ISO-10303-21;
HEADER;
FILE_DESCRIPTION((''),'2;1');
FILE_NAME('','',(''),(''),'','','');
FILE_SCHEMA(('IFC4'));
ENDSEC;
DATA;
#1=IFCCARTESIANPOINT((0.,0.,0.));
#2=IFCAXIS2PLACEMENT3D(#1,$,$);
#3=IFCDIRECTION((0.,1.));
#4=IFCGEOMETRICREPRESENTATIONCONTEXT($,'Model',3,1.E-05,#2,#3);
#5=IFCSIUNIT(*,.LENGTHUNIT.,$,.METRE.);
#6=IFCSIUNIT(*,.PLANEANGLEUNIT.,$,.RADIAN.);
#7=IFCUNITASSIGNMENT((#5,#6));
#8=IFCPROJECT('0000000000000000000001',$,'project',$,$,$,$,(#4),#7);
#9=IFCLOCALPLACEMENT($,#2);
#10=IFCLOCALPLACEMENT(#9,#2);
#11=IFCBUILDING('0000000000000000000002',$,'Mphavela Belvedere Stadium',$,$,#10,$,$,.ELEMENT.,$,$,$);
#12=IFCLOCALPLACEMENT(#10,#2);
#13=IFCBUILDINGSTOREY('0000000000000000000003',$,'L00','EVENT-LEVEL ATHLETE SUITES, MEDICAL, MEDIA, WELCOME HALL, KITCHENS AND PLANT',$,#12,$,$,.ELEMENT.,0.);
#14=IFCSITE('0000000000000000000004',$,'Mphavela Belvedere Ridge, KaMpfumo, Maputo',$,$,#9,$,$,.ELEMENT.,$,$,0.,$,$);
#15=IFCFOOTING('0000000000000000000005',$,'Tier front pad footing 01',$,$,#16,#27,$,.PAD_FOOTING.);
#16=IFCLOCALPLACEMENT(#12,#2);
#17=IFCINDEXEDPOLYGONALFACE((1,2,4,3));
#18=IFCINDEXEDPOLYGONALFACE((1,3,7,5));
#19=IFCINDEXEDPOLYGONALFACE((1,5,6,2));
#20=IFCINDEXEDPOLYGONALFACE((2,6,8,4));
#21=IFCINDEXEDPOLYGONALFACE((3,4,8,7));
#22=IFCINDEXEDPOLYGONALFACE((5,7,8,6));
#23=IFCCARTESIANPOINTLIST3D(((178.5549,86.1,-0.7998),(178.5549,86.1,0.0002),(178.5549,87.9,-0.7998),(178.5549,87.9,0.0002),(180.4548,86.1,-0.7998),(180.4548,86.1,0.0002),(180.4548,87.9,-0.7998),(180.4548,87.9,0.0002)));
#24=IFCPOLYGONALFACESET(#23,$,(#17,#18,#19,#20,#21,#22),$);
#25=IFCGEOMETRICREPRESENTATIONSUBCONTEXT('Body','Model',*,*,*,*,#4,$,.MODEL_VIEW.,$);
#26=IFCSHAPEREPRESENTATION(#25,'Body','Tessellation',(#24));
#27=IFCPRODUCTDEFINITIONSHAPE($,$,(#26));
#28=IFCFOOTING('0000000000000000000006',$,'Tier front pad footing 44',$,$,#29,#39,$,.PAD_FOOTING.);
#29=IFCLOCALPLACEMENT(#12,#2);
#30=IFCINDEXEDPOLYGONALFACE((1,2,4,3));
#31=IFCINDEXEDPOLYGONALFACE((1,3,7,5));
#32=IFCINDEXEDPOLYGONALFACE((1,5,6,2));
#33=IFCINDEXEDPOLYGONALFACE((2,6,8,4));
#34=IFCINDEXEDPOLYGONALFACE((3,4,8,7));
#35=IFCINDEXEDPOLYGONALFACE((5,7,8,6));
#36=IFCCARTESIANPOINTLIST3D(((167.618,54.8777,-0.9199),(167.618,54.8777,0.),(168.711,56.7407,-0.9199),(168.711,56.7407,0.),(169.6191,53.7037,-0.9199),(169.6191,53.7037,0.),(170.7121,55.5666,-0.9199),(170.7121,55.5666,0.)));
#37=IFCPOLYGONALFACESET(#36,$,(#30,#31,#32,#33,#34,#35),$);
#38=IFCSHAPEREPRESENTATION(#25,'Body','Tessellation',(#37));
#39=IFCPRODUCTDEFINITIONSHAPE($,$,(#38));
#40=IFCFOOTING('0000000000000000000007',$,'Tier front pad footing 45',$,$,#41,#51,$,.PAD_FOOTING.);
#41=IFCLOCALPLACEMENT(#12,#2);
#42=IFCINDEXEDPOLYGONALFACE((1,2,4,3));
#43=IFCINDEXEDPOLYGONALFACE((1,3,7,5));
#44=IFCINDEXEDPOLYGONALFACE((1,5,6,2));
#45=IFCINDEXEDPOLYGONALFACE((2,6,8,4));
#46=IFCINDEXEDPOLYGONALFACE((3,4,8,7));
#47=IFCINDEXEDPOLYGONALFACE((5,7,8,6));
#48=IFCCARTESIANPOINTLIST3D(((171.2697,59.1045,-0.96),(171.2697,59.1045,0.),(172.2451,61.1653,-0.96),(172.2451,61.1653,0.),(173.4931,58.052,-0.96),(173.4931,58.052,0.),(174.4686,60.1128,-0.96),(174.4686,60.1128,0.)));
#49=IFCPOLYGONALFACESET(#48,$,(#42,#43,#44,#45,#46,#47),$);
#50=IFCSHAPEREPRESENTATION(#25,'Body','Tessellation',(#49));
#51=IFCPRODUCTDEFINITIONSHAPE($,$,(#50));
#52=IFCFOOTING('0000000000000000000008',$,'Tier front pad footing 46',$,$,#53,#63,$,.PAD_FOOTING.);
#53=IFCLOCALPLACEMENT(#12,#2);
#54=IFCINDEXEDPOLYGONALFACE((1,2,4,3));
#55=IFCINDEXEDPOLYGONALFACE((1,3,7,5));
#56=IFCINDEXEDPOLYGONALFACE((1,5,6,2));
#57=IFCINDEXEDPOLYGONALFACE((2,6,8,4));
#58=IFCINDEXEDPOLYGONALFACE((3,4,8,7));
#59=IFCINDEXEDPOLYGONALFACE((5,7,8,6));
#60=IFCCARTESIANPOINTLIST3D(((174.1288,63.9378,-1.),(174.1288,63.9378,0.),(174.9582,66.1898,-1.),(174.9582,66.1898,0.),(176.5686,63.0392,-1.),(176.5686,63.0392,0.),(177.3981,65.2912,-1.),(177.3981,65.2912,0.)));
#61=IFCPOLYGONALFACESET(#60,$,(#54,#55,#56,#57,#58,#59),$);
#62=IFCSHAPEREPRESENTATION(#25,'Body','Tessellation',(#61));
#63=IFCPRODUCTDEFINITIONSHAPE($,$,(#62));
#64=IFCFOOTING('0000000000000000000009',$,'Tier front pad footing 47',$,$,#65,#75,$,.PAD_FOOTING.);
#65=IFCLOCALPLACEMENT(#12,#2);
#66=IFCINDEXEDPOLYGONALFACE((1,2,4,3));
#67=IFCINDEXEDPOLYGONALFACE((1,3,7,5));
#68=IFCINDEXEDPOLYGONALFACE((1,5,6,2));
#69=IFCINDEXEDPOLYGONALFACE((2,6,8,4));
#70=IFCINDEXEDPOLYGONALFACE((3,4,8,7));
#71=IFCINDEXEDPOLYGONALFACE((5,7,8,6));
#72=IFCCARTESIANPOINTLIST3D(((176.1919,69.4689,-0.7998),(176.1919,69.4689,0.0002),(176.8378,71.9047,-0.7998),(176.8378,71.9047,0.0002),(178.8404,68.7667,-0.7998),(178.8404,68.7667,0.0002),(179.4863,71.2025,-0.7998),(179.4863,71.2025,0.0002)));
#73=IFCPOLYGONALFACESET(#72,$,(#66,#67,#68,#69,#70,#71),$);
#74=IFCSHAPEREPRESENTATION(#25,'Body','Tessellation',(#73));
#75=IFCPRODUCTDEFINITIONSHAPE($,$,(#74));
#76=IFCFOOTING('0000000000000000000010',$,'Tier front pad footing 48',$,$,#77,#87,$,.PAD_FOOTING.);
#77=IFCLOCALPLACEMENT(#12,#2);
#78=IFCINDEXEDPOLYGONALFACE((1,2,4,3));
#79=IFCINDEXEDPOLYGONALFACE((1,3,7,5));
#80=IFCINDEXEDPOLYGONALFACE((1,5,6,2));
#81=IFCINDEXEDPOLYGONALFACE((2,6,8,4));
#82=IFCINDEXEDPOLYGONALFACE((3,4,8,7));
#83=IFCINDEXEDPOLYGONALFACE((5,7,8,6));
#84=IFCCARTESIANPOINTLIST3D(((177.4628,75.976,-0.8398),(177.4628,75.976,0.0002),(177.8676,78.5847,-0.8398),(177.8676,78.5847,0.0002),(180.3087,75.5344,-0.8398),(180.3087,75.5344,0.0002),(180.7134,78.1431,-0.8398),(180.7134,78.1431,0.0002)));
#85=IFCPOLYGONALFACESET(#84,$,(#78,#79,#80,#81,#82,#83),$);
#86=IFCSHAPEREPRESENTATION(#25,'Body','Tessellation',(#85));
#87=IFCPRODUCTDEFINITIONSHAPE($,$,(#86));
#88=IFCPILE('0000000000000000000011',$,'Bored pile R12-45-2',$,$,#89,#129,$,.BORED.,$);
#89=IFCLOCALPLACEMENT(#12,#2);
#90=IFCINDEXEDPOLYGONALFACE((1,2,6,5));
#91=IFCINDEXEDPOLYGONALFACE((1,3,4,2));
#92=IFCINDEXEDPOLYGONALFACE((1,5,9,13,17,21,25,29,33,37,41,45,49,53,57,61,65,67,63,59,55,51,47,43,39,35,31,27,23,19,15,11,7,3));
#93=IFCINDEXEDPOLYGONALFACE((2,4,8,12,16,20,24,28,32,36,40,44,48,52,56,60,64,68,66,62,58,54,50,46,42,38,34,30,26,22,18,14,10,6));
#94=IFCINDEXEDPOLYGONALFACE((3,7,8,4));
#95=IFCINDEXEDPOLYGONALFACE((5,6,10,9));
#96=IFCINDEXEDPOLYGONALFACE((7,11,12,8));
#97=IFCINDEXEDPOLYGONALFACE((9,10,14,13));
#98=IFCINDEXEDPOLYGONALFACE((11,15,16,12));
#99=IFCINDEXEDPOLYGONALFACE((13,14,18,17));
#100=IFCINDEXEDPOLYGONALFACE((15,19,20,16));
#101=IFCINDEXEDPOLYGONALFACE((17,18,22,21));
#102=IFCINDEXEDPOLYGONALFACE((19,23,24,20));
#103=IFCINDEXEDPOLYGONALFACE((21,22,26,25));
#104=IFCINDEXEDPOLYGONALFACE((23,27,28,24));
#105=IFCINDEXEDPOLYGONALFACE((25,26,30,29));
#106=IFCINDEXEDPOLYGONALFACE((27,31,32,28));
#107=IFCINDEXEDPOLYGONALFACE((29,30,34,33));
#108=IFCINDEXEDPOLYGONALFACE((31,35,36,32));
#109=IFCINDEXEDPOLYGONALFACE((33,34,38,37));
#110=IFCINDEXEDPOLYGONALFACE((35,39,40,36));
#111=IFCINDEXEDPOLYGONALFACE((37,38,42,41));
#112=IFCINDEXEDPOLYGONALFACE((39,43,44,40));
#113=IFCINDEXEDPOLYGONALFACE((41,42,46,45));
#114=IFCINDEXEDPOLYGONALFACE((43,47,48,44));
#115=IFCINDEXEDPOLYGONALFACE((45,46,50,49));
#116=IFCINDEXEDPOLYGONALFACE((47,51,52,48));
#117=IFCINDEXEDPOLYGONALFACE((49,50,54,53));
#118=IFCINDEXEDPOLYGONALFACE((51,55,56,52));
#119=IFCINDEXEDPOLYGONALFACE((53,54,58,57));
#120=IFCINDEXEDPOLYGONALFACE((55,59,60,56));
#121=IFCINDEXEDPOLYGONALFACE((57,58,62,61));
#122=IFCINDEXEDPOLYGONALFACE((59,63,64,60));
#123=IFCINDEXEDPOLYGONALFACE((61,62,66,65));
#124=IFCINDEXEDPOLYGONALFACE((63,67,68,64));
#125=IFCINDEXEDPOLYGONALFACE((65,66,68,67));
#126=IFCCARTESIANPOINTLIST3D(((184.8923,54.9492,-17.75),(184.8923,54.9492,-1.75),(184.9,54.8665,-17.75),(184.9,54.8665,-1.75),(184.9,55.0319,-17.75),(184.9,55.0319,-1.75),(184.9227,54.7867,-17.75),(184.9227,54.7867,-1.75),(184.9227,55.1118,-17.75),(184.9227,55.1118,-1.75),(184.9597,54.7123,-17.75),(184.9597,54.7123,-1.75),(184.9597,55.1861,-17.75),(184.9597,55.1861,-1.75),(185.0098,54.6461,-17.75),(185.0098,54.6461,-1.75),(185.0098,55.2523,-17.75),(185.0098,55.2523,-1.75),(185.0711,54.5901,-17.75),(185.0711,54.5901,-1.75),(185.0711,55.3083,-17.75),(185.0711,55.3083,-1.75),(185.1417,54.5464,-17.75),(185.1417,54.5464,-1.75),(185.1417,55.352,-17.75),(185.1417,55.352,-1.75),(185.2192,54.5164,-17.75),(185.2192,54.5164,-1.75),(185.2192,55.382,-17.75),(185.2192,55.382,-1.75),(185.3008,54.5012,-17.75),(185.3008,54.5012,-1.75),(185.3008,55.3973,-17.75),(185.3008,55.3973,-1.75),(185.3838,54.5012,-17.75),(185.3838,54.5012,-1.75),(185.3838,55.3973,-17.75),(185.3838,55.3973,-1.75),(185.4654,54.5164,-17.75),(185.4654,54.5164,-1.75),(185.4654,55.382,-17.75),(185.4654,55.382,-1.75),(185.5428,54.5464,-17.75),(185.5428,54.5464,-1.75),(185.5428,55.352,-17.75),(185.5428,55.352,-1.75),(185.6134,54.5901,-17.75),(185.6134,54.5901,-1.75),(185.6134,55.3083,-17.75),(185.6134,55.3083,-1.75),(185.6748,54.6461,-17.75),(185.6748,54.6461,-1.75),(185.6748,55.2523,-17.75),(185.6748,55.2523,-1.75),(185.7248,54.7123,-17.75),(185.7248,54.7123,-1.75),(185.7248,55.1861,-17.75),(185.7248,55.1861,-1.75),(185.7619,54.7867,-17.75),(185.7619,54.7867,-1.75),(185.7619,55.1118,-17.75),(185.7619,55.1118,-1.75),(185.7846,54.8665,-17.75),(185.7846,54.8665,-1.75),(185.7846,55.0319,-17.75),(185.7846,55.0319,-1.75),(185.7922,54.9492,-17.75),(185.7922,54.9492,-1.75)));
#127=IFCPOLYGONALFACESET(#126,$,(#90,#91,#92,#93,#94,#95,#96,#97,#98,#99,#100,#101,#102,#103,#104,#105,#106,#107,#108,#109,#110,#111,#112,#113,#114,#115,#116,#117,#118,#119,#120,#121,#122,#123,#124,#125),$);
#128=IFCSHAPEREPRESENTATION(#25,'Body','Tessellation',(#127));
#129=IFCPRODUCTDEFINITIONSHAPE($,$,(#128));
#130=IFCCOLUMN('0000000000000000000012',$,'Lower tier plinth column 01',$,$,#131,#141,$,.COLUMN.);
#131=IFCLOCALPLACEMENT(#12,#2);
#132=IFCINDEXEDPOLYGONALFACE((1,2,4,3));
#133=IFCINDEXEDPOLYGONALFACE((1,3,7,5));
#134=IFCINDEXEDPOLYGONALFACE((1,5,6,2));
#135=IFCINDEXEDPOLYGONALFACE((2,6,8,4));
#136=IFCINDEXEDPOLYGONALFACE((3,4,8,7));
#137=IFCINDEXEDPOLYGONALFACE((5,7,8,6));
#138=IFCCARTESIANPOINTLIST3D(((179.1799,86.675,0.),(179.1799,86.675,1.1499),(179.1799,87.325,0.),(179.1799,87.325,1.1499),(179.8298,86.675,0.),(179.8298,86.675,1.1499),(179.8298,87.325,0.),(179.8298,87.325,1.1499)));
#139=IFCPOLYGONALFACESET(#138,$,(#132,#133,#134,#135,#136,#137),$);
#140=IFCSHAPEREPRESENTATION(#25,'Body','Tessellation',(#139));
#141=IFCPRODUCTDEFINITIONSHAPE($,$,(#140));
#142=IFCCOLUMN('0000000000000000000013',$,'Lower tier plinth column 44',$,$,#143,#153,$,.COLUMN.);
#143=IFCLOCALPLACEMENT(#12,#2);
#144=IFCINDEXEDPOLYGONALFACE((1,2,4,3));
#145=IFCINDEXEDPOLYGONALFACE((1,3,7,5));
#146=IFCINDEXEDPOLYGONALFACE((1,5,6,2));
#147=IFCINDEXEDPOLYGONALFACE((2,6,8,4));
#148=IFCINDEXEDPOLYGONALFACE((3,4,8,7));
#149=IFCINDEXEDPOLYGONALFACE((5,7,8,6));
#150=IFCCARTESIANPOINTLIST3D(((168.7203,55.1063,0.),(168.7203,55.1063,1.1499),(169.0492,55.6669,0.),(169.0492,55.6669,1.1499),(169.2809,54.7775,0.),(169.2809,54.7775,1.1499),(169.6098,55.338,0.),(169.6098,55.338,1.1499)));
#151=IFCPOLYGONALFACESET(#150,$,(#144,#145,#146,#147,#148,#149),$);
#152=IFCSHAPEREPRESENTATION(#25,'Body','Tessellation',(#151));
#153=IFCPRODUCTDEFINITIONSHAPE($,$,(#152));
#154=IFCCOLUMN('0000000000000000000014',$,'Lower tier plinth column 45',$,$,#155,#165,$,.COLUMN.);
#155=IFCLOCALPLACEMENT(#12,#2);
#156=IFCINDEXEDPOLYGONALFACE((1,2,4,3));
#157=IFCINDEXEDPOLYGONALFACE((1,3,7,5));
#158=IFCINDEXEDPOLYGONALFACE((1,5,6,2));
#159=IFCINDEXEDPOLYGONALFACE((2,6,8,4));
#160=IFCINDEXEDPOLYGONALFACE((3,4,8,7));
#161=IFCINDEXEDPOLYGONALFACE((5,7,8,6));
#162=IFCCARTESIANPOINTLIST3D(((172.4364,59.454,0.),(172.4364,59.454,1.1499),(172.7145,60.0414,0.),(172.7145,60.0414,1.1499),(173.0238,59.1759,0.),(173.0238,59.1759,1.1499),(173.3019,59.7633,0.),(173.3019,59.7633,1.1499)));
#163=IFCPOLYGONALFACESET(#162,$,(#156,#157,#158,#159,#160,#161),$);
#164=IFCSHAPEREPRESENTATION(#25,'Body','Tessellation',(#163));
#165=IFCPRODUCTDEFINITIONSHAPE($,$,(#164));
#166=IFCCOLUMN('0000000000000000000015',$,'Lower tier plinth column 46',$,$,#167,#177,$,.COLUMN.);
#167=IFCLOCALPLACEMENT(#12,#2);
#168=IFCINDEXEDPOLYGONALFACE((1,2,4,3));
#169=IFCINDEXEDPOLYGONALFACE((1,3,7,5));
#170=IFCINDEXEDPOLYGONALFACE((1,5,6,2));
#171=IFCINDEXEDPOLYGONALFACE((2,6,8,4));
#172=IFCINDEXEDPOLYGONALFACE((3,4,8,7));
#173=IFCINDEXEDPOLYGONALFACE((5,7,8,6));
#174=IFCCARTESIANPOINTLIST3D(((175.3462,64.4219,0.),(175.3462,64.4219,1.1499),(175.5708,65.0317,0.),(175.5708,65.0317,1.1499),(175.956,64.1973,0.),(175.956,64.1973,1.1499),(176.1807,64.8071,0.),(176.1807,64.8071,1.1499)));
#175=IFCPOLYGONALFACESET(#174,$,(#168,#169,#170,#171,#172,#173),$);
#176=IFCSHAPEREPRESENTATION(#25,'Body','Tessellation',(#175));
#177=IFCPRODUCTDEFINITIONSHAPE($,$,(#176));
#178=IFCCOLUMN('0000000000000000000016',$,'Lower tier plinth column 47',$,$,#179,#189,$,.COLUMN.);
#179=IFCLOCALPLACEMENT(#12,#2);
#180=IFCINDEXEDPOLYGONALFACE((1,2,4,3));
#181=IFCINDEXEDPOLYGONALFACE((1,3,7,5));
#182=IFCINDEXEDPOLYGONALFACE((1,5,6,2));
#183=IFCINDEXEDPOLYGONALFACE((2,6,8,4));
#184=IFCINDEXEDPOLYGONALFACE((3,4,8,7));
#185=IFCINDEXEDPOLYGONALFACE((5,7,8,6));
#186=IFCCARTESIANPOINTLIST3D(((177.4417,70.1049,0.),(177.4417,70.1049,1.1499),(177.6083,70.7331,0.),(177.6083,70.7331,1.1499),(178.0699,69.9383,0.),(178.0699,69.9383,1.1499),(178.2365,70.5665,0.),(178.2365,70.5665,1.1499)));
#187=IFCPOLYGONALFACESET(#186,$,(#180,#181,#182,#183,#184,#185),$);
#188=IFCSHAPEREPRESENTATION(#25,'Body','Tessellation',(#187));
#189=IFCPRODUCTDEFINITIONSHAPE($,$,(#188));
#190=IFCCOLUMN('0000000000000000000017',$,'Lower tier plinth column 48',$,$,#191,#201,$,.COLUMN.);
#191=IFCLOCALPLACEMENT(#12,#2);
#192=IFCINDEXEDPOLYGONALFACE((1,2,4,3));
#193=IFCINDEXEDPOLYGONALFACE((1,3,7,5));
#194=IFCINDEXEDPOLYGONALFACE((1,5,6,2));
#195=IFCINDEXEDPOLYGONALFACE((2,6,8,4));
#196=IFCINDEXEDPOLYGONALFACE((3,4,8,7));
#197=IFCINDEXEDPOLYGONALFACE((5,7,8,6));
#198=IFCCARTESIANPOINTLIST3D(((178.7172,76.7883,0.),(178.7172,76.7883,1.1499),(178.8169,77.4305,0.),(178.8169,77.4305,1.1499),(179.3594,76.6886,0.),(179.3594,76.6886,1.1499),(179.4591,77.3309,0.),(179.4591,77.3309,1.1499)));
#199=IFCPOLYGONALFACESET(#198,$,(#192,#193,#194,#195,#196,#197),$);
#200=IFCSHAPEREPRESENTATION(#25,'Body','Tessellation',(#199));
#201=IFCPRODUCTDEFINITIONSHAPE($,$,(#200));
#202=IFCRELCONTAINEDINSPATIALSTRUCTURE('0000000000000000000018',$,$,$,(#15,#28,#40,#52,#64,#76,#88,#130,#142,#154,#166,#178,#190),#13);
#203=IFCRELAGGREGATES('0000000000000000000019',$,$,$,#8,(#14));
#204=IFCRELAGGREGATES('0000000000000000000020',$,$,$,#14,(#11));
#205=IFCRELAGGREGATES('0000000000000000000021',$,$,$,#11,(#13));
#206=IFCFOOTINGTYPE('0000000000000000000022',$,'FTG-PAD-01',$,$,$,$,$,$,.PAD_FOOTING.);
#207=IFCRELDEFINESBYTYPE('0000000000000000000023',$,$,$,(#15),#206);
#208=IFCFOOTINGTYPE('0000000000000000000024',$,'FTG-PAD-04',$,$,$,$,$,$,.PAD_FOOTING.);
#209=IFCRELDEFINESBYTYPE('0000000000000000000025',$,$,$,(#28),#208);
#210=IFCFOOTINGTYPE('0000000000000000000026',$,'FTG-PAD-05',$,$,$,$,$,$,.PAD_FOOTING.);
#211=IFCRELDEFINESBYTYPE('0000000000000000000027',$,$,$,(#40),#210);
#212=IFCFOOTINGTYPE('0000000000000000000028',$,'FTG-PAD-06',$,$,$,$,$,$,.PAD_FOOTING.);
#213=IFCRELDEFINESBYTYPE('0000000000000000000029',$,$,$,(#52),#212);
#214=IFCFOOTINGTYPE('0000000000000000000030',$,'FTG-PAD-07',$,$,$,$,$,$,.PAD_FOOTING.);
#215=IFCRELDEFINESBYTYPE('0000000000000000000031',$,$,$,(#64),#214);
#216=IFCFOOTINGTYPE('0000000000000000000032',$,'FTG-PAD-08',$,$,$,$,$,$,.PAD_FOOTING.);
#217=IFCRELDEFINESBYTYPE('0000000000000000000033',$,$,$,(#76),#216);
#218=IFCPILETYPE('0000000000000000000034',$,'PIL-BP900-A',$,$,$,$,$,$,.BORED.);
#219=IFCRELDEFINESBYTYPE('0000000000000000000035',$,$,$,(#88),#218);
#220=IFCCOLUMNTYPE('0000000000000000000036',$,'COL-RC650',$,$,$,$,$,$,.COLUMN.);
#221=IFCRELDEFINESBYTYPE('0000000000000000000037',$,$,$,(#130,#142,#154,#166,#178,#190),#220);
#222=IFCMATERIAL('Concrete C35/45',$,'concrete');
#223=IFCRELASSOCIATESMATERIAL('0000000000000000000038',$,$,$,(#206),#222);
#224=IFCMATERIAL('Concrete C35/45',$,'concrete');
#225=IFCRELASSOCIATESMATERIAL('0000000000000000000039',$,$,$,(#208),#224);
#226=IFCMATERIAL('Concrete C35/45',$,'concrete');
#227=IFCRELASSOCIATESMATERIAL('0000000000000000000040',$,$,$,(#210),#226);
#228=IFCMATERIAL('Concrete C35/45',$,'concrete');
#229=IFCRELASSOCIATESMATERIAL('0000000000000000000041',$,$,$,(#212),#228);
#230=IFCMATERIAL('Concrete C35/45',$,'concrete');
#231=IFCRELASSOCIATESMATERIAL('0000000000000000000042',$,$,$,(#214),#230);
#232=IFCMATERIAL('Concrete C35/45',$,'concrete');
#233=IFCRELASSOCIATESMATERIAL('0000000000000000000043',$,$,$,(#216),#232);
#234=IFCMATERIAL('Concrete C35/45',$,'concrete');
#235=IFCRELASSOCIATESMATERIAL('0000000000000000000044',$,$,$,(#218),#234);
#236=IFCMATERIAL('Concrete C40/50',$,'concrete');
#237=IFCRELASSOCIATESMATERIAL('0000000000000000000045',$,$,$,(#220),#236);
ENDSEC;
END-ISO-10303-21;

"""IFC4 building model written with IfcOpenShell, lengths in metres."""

from ifc_helpers import new_model, si_unit, direction, frame, origin, origin_2d, place, context, subcontext, project, spatial, rectangle, circle, extrude, material, material_profile, profile_set, type_object, element, save


model = new_model("IFC4")

# Units and contexts
model_context = context("Model", 3, precision=1e-05, world=origin(), true_north=direction((0.0, 1.0)))
body_context = subcontext(model_context, "Body", "Model", "MODEL_VIEW")
ifc_project = project(units=[si_unit("LENGTHUNIT", "METRE"), si_unit("PLANEANGLEUNIT", "RADIAN")], contexts=[model_context])

# Site, building, storey
site_placement = place(None, origin())
site = spatial("IfcSite", under=ifc_project, at=site_placement, Name="Mphavela Belvedere Ridge, KaMpfumo, Maputo", CompositionType="ELEMENT", RefElevation=0.0)
building_placement = place(site_placement, origin())
building = spatial("IfcBuilding", under=site, at=building_placement, Name="Mphavela Belvedere Stadium", CompositionType="ELEMENT")
storey_placement = place(building_placement, origin())
storey = spatial("IfcBuildingStorey", under=building, at=storey_placement, Name="L00", Description="EVENT-LEVEL ATHLETE SUITES, MEDICAL, MEDIA, WELCOME HALL, KITCHENS AND PLANT", CompositionType="ELEMENT", Elevation=0.0)

# Footings
ifc_material_1 = material(Name="Concrete C35/45", Category="concrete")
footing_type_1 = type_object("IfcFootingType", Name="FTG-PAD-01", PredefinedType="PAD_FOOTING", material=ifc_material_1)
footing_1_placement = place(storey_placement, frame((179.5049, 87.0, -0.7998), z_axis=(0.0, 0.0, 1.0), x_axis=(1.0, 0.0, 0.0)))
element("IfcFooting", 1, at=footing_1_placement, inside=storey, type_object=footing_type_1, Name="Tier front pad footing 01", PredefinedType="PAD_FOOTING", context=body_context, shape_type="SweptSolid", body=[
    extrude(rectangle(XDim=1.8999, YDim=1.8, at=origin_2d()), origin(), (0.0, 0.0, 1.0), 0.8),
])
ifc_material_2 = material(Name="Concrete C35/45", Category="concrete")
footing_type_2 = type_object("IfcFootingType", Name="FTG-PAD-04", PredefinedType="PAD_FOOTING", material=ifc_material_2)
footing_2_placement = place(storey_placement, frame((169.165, 55.2222, -0.9199), z_axis=(0.0, 0.0, 1.0), x_axis=(0.862514, -0.506034, 0.0)))
element("IfcFooting", 2, at=footing_2_placement, inside=storey, type_object=footing_type_2, Name="Tier front pad footing 44", PredefinedType="PAD_FOOTING", context=body_context, shape_type="SweptSolid", body=[
    extrude(rectangle(XDim=2.3201, YDim=2.1599, at=origin_2d()), origin(), (0.0, 0.0, 1.0), 0.9199),
])
ifc_material_3 = material(Name="Concrete C35/45", Category="concrete")
footing_type_3 = type_object("IfcFootingType", Name="FTG-PAD-05", PredefinedType="PAD_FOOTING", material=ifc_material_3)
footing_3_placement = place(storey_placement, frame((172.8691, 59.6086, -0.96), z_axis=(0.0, 0.0, 1.0), x_axis=(0.903859, -0.427831, 0.0)))
element("IfcFooting", 3, at=footing_3_placement, inside=storey, type_object=footing_type_3, Name="Tier front pad footing 45", PredefinedType="PAD_FOOTING", context=body_context, shape_type="SweptSolid", body=[
    extrude(rectangle(XDim=2.46, YDim=2.28, at=origin_2d()), origin(), (0.0, 0.0, 1.0), 0.96),
])
ifc_material_4 = material(Name="Concrete C35/45", Category="concrete")
footing_type_4 = type_object("IfcFootingType", Name="FTG-PAD-06", PredefinedType="PAD_FOOTING", material=ifc_material_4)
footing_4_placement = place(storey_placement, frame((175.7634, 64.6145, -1.0), z_axis=(0.0, 0.0, 1.0), x_axis=(0.938372, -0.345626, 0.0)))
element("IfcFooting", 4, at=footing_4_placement, inside=storey, type_object=footing_type_4, Name="Tier front pad footing 46", PredefinedType="PAD_FOOTING", context=body_context, shape_type="SweptSolid", body=[
    extrude(rectangle(XDim=2.6001, YDim=2.3999, at=origin_2d()), origin(), (0.0, 0.0, 1.0), 1.0),
])
ifc_material_5 = material(Name="Concrete C35/45", Category="concrete")
footing_type_5 = type_object("IfcFootingType", Name="FTG-PAD-07", PredefinedType="PAD_FOOTING", material=ifc_material_5)
footing_5_placement = place(storey_placement, frame((177.8391, 70.3357, -0.7998), z_axis=(0.0, 0.0, 1.0), x_axis=(0.9666, -0.256289, 0.0)))
element("IfcFooting", 5, at=footing_5_placement, inside=storey, type_object=footing_type_5, Name="Tier front pad footing 47", PredefinedType="PAD_FOOTING", context=body_context, shape_type="SweptSolid", body=[
    extrude(rectangle(XDim=2.74, YDim=2.52, at=origin_2d()), origin(), (0.0, 0.0, 1.0), 0.8),
])
ifc_material_6 = material(Name="Concrete C35/45", Category="concrete")
footing_type_6 = type_object("IfcFootingType", Name="FTG-PAD-08", PredefinedType="PAD_FOOTING", material=ifc_material_6)
footing_6_placement = place(storey_placement, frame((179.0881, 77.0596, -0.8398), z_axis=(0.0, 0.0, 1.0), x_axis=(0.988175, -0.153331, 0.0)))
element("IfcFooting", 6, at=footing_6_placement, inside=storey, type_object=footing_type_6, Name="Tier front pad footing 48", PredefinedType="PAD_FOOTING", context=body_context, shape_type="SweptSolid", body=[
    extrude(rectangle(XDim=2.8799, YDim=2.6399, at=origin_2d()), origin(), (0.0, 0.0, 1.0), 0.8401),
])

# Pile
ifc_material_7 = material(Name="Concrete C35/45", Category="concrete")
ifc_material_profile_1 = material_profile(ifc_material_7, circle(Radius=0.45, at=origin_2d()), Name="BP D900")
ifc_profile_set_1 = profile_set([ifc_material_profile_1], Name="Concrete C35/45")
pile_type = type_object("IfcPileType", Name="PIL-BP900-A", PredefinedType="BORED", material=ifc_profile_set_1)
pile_placement = place(storey_placement, frame((185.3423, 54.9492, -1.75), z_axis=(0.0, 0.0, -1.0), x_axis=(1.0, 0.0, 0.0)))
element("IfcPile", 7, at=pile_placement, inside=storey, type_object=pile_type, Name="Bored pile R12-45-2", PredefinedType="BORED", context=body_context, shape_type="SweptSolid", body=[
    extrude(circle(Radius=0.45, at=origin_2d()), origin(), (0.0, 0.0, 1.0), 16.0),
])

# Columns
ifc_material_8 = material(Name="Concrete C40/50", Category="concrete")
ifc_material_profile_2 = material_profile(ifc_material_8, rectangle(XDim=0.6499, YDim=0.6499, at=origin_2d()), Name="RC 650x650")
ifc_profile_set_2 = profile_set([ifc_material_profile_2], Name="Concrete C40/50")
column_type = type_object("IfcColumnType", Name="COL-RC650", PredefinedType="COLUMN", material=ifc_profile_set_2)
for number, where, z_axis, x_axis, name in (
    (8, (179.5049, 87.0, 0.0), (0.0, 0.0, 1.0), (1.0, 0.0, 0.0), "Lower tier plinth column 01"),
    (9, (169.165, 55.2222, 0.0), (0.0, 0.0, 1.0), (0.862514, -0.506034, 0.0), "Lower tier plinth column 44"),
    (10, (172.8691, 59.6086, 0.0), (0.0, 0.0, 1.0), (0.903859, -0.427831, 0.0), "Lower tier plinth column 45"),
    (11, (175.7634, 64.6145, 0.0), (0.0, 0.0, 1.0), (0.938372, -0.345626, 0.0), "Lower tier plinth column 46"),
    (12, (177.8391, 70.3357, 0.0), (0.0, 0.0, 1.0), (0.9666, -0.256289, 0.0), "Lower tier plinth column 47"),
    (13, (179.0881, 77.0596, 0.0), (0.0, 0.0, 1.0), (0.988175, -0.153331, 0.0), "Lower tier plinth column 48"),
):
    element("IfcColumn", number, at=place(storey_placement, frame(where, z_axis=z_axis, x_axis=x_axis)), inside=storey, type_object=column_type, Name=name, PredefinedType="COLUMN", context=body_context, shape_type="SweptSolid", body=[
        extrude(rectangle(XDim=0.6499, YDim=0.6499, at=origin_2d()), origin(), (0.0, 0.0, 1.0), 1.1499),
    ])

save(model, "model.ifc")
